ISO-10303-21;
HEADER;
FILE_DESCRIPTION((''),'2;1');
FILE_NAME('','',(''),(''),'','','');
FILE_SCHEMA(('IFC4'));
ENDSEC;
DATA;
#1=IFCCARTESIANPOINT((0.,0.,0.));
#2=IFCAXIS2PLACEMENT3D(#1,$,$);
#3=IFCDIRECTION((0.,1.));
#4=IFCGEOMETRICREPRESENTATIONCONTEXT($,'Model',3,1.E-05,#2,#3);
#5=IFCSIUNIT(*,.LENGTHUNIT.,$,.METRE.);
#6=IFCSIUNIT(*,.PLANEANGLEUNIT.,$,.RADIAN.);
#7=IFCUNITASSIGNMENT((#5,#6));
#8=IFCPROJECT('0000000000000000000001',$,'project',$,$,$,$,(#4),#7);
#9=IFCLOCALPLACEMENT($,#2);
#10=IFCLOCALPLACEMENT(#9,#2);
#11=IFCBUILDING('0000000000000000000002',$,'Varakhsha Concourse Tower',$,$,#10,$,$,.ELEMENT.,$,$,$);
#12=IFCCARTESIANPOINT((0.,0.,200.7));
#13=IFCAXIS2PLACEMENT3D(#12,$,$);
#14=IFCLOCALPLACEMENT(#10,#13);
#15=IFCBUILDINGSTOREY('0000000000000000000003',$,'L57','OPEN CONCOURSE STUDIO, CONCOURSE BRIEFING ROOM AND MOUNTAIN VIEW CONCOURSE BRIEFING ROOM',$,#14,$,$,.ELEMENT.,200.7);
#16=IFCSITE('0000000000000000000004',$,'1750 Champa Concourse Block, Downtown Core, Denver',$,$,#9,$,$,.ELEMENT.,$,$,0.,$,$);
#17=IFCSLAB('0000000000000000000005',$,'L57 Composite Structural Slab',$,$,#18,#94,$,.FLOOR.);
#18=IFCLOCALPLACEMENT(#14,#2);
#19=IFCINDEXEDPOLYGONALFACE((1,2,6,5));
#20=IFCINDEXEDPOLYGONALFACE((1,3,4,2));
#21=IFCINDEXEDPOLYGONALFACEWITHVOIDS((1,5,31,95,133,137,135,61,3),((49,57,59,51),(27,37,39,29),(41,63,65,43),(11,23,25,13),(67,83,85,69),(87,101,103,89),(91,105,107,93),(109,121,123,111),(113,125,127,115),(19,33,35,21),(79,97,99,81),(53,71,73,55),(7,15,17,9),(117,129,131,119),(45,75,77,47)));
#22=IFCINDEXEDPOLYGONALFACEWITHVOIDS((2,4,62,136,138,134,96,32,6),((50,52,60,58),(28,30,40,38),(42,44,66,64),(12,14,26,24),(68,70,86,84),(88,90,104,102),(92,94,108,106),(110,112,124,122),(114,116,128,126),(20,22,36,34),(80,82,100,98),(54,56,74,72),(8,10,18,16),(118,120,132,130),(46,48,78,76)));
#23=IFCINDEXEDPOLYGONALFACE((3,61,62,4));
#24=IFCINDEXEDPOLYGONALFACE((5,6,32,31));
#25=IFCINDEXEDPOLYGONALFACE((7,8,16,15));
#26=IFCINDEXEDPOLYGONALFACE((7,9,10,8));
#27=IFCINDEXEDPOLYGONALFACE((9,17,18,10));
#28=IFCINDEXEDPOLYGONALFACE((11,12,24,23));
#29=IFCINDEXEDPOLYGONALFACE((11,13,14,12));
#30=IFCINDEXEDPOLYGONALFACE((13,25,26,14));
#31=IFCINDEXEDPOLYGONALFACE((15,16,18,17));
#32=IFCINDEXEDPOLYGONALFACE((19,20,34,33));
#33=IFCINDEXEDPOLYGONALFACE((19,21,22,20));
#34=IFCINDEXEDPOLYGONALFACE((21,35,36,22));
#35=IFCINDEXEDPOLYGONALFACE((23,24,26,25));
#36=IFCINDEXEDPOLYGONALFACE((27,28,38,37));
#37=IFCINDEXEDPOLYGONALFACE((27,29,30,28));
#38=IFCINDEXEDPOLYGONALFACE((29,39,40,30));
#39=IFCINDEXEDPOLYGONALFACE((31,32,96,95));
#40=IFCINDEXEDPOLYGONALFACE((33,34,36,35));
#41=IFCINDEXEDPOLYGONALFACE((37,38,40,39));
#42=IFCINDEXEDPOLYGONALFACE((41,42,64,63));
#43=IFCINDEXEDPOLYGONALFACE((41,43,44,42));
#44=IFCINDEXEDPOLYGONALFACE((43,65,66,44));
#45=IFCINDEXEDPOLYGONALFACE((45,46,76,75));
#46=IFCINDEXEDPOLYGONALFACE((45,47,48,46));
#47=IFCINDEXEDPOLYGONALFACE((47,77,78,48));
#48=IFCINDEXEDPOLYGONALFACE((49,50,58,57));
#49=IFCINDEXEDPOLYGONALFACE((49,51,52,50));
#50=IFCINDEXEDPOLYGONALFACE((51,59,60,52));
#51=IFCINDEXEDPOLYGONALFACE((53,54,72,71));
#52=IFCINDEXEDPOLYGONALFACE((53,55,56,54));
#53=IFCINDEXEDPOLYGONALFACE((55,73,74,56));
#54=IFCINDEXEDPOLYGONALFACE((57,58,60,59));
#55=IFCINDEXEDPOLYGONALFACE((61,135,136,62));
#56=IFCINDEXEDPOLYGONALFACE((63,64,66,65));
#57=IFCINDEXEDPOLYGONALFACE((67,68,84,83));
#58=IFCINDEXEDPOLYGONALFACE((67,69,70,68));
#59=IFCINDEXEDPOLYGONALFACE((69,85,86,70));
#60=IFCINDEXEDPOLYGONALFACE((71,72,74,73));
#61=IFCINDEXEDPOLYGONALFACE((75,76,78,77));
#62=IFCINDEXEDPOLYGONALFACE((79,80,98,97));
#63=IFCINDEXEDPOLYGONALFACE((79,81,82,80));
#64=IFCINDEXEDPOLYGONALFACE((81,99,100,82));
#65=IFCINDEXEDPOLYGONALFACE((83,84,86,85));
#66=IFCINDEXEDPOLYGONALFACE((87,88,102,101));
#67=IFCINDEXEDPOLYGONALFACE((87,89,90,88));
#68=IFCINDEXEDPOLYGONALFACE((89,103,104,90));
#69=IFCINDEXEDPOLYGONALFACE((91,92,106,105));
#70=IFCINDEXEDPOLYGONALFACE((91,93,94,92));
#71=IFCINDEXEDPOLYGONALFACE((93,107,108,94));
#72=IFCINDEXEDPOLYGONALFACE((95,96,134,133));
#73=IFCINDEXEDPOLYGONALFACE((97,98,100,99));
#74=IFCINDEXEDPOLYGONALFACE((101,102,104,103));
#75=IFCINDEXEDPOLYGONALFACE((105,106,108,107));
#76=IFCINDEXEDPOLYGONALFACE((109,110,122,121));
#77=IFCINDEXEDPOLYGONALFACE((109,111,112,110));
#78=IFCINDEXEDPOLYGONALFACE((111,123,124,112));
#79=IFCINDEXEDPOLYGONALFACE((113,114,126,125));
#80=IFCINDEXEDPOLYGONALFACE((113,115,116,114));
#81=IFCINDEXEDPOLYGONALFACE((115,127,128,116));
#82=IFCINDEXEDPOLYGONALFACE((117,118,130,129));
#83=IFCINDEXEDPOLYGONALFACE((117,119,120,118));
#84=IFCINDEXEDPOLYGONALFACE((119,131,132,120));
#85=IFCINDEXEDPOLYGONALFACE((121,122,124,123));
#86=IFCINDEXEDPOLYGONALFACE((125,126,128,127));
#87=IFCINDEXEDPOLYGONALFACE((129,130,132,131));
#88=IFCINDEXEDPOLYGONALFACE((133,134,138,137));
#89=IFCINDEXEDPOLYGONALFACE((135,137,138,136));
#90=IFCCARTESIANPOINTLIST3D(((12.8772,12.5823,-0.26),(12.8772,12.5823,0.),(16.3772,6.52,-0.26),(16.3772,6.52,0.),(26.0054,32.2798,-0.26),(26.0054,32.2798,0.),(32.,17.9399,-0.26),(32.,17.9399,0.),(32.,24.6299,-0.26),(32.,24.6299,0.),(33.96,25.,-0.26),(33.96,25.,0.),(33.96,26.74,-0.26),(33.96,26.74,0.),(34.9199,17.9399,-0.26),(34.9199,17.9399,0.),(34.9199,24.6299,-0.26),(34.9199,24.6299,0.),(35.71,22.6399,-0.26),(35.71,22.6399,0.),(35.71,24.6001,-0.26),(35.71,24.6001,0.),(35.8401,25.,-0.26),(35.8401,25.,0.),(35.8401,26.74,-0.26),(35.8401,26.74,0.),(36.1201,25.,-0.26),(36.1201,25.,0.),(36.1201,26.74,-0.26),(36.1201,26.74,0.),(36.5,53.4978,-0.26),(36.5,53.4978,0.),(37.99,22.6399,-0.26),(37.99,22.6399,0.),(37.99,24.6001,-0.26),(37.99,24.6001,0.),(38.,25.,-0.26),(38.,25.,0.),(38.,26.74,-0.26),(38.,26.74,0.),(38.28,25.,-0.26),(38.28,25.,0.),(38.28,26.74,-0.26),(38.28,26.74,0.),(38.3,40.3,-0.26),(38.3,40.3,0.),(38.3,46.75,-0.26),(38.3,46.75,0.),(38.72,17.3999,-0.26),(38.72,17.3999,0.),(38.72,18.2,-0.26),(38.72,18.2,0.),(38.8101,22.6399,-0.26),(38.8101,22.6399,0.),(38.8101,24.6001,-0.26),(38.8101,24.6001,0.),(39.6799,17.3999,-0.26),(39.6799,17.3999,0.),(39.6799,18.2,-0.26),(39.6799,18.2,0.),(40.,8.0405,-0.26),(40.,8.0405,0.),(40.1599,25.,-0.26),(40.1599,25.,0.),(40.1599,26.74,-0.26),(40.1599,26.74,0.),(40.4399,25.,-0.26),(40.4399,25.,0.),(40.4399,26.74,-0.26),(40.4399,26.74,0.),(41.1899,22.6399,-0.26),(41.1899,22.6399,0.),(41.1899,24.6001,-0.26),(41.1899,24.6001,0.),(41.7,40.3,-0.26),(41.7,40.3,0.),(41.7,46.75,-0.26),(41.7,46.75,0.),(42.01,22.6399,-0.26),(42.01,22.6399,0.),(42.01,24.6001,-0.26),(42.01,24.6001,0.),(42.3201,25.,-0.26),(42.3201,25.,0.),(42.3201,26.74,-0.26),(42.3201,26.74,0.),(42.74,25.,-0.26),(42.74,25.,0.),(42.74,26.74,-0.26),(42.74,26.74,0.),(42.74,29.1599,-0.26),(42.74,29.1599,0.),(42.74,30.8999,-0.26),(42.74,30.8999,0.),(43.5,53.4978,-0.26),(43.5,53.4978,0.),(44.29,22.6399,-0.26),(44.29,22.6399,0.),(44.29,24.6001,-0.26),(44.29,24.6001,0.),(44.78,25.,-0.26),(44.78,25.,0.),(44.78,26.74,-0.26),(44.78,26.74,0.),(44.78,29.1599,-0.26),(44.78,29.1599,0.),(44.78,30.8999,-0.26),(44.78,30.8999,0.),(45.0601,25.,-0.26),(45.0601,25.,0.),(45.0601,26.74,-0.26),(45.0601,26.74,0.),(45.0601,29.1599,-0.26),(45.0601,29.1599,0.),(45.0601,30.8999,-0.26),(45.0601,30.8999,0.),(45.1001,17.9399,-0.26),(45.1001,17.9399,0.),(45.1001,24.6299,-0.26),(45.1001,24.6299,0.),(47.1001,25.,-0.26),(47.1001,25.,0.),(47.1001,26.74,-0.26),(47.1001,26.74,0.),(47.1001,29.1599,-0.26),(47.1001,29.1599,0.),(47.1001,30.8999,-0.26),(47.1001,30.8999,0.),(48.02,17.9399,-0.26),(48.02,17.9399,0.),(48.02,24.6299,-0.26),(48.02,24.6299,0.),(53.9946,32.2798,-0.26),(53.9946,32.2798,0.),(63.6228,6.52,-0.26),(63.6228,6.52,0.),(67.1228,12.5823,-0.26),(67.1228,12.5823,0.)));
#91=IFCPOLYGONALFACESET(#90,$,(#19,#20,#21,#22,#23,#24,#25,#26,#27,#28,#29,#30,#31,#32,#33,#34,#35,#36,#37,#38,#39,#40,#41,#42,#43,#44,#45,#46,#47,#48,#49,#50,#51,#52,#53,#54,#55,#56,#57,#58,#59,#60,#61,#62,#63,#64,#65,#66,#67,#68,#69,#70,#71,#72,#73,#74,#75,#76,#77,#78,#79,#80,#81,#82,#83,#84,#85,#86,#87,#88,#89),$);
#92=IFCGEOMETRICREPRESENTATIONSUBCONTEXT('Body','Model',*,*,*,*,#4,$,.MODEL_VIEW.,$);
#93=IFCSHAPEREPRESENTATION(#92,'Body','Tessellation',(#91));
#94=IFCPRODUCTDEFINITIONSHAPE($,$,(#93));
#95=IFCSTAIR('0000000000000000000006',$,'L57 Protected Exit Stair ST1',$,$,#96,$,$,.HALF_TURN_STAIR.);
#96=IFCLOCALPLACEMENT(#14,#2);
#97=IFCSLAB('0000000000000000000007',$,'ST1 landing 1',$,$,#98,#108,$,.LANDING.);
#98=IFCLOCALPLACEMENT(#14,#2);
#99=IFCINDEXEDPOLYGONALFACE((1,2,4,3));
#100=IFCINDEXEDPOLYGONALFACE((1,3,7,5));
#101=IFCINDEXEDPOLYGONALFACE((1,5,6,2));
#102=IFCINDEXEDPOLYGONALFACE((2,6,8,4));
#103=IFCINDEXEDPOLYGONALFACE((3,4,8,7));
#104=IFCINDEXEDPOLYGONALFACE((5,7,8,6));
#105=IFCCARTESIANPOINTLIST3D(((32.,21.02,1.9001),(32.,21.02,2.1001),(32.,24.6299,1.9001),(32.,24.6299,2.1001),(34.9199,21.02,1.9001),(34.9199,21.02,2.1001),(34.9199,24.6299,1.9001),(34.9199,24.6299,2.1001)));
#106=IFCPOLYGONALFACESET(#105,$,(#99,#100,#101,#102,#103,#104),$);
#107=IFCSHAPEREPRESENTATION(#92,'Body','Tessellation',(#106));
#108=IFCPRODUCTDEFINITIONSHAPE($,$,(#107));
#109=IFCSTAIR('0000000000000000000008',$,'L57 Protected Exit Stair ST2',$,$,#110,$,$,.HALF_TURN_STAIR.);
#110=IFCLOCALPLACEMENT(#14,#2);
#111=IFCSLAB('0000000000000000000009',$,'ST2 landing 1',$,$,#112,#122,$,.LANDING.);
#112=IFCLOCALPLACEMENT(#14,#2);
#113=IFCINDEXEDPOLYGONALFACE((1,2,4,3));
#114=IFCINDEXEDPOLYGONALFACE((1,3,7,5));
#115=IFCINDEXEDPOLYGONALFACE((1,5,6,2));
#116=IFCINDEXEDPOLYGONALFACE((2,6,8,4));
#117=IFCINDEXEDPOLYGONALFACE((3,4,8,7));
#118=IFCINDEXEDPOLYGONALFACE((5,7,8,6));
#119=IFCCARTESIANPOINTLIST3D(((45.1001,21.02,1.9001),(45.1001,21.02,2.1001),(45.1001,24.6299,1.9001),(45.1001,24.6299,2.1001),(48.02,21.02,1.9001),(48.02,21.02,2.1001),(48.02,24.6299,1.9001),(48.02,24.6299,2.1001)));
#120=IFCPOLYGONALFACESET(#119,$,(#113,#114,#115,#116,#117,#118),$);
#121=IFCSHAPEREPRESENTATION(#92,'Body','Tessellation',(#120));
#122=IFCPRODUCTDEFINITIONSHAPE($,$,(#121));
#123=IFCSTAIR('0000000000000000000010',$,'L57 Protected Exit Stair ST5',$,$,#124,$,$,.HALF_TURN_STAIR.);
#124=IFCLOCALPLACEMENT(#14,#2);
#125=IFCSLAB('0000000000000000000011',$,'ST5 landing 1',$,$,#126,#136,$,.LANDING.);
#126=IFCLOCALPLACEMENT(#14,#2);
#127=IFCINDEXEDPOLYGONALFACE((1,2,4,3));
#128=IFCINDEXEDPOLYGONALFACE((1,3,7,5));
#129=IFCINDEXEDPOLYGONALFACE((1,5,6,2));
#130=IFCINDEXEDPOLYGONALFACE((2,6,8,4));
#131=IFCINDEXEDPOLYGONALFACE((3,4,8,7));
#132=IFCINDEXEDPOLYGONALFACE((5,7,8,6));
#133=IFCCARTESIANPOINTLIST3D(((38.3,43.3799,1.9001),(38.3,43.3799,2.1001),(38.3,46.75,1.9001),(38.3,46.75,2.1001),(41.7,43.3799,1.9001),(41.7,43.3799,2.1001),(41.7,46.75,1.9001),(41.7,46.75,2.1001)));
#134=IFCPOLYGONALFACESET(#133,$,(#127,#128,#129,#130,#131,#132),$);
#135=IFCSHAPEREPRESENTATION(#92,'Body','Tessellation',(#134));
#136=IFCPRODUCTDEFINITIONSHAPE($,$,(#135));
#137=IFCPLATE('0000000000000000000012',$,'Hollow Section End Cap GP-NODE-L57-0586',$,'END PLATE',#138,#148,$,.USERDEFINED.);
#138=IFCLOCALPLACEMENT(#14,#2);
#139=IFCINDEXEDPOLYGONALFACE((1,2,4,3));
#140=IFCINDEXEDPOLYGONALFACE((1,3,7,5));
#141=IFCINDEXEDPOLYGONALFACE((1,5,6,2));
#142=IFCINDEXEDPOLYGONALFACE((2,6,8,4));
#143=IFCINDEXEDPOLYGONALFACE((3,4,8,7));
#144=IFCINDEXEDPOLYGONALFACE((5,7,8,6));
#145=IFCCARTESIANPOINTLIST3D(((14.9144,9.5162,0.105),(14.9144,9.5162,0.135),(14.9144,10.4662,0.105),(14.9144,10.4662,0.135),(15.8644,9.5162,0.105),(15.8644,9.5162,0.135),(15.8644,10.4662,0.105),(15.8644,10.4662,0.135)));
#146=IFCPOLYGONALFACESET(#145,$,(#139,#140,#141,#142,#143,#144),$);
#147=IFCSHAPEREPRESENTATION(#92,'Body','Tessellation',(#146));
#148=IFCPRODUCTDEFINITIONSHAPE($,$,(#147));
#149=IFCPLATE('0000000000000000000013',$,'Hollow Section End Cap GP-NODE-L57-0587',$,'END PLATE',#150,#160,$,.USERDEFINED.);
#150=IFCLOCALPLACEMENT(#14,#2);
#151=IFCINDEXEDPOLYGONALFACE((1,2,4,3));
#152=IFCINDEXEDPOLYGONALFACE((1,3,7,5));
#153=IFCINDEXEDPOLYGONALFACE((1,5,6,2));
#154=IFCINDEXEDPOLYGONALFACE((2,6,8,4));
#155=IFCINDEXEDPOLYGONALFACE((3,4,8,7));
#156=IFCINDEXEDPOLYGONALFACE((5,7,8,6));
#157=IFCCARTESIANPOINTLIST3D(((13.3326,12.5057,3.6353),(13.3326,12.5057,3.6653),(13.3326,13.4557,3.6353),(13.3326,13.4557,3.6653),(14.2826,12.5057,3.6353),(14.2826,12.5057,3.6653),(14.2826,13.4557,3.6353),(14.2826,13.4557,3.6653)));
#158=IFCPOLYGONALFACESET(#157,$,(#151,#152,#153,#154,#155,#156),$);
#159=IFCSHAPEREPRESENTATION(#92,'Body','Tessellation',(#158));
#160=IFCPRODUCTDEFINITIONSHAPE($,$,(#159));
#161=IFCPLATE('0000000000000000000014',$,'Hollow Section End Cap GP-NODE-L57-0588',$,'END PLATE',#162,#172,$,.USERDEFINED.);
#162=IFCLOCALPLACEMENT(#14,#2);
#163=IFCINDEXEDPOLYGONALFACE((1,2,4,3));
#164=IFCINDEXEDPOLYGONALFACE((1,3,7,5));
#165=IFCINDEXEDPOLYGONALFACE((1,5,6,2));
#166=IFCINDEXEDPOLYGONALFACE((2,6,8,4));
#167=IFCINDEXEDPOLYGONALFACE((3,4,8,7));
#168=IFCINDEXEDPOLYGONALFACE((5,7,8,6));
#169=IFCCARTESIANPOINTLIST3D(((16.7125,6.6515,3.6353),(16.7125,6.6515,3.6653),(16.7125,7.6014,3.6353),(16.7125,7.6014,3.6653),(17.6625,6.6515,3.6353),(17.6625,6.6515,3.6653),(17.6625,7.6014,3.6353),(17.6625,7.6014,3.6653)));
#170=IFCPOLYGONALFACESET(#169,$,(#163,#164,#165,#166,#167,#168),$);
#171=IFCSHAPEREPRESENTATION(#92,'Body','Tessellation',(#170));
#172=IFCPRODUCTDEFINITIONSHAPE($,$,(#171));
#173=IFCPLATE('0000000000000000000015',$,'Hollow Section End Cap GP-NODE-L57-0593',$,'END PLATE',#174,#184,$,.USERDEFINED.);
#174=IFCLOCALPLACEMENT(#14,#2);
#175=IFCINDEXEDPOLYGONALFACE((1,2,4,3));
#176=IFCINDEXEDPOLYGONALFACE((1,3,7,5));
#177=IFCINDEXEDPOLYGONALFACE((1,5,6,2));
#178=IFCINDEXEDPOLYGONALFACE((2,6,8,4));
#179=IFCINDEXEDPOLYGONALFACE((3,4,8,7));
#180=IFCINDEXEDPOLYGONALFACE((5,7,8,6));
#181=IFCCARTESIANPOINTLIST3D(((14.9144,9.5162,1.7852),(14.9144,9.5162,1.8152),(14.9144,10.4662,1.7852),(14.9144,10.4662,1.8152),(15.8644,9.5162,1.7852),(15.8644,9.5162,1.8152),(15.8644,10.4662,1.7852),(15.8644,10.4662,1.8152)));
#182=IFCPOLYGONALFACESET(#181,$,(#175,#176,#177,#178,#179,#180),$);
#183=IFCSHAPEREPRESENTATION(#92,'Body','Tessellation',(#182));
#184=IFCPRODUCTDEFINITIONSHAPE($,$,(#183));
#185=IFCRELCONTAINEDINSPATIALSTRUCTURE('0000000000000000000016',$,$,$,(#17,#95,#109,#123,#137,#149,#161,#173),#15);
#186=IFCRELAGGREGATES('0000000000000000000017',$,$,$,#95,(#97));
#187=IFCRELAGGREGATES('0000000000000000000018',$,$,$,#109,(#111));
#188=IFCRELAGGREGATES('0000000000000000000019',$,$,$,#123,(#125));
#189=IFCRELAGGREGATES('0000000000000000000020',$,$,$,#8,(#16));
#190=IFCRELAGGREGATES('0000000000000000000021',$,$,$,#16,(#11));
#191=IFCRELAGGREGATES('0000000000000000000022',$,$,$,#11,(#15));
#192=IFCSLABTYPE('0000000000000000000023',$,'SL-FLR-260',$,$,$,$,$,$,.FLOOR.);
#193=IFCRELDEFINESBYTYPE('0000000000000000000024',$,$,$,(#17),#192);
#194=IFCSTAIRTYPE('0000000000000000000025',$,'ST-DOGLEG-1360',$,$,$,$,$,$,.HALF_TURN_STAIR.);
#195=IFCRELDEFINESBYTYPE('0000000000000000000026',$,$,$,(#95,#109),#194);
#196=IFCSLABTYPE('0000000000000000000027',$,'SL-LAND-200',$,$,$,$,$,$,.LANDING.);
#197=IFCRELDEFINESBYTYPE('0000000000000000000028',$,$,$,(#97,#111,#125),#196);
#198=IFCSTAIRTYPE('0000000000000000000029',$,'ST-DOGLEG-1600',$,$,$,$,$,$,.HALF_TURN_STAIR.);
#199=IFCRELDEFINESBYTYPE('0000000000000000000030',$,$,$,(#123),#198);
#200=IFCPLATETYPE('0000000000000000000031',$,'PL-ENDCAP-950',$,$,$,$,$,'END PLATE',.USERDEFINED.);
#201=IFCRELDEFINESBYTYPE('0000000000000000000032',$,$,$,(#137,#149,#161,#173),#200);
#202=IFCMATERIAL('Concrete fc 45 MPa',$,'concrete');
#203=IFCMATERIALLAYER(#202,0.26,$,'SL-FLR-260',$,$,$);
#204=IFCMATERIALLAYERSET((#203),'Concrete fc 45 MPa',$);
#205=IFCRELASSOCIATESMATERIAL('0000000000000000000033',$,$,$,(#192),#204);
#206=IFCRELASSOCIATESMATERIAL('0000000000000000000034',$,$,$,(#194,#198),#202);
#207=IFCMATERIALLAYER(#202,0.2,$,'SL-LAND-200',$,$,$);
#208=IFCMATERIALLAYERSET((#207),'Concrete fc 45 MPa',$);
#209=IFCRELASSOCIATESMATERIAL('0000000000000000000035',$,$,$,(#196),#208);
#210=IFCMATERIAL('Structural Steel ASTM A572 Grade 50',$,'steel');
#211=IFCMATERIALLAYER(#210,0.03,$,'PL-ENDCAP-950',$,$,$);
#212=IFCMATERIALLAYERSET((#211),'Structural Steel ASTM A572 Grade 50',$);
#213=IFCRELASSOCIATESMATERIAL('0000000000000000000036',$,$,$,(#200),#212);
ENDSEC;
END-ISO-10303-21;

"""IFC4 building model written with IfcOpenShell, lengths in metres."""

from ifc_helpers import new_model, si_unit, direction, frame, origin, origin_2d, place, context, subcontext, project, spatial, polyline, rectangle, outline, extrude, source, transform, mapped, material, layer, layer_set, type_object, type_shapes, element, aggregate, save


model = new_model("IFC4")

# Units and contexts
model_context = context("Model", 3, precision=1e-05, world=origin(), true_north=direction((0.0, 1.0)))
body_context = subcontext(model_context, "Body", "Model", "MODEL_VIEW")
ifc_project = project(units=[si_unit("LENGTHUNIT", "METRE"), si_unit("PLANEANGLEUNIT", "RADIAN")], contexts=[model_context])

# Site, building, storey
site_placement = place(None, origin())
site = spatial("IfcSite", under=ifc_project, at=site_placement, Name="1750 Champa Concourse Block, Downtown Core, Denver", CompositionType="ELEMENT", RefElevation=0.0)
building_placement = place(site_placement, origin())
building = spatial("IfcBuilding", under=site, at=building_placement, Name="Varakhsha Concourse Tower", CompositionType="ELEMENT")
storey_placement = place(building_placement, frame((0.0, 0.0, 200.7)))
storey = spatial("IfcBuildingStorey", under=building, at=storey_placement, Name="L57", Description="OPEN CONCOURSE STUDIO, CONCOURSE BRIEFING ROOM AND MOUNTAIN VIEW CONCOURSE BRIEFING ROOM", CompositionType="ELEMENT", Elevation=200.7)

# Shared definitions
ifc_material_1 = material(Name="Structural Steel ASTM A572 Grade 50", Category="steel")

# Slab
ifc_material_2 = material(Name="Concrete fc 45 MPa", Category="concrete")
ifc_layer_1 = layer(ifc_material_2, 0.26, Name="SL-FLR-260")
ifc_layer_set_1 = layer_set([ifc_layer_1], Name="Concrete fc 45 MPa")
slab_type_1 = type_object("IfcSlabType", Name="SL-FLR-260", PredefinedType="FLOOR", material=ifc_layer_set_1)
slab_1_placement = place(storey_placement, frame((0.0, 0.0, -0.26)))
element("IfcSlab", 1, at=slab_1_placement, inside=storey, type_object=slab_type_1, Name="L57 Composite Structural Slab", PredefinedType="FLOOR", context=body_context, shape_type="SweptSolid", body=[
    extrude(outline(polyline([(43.5, 53.4978), (36.5, 53.4978), (26.0054, 32.2798), (12.8772, 12.5823), (16.3772, 6.52), (40.0, 8.0405), (63.6228, 6.52), (67.1228, 12.5823), (53.9946, 32.2798), (43.5, 53.4978)]), holes=[polyline([(34.9199, 17.9399), (34.9199, 24.6299), (32.0, 24.6299), (32.0, 17.9399), (34.9199, 17.9399)]), polyline([(48.02, 17.9399), (48.02, 24.6299), (45.1001, 24.6299), (45.1001, 17.9399), (48.02, 17.9399)]), polyline([(41.7, 40.3), (41.7, 46.75), (38.3, 46.75), (38.3, 40.3), (41.7, 40.3)]), polyline([(33.96, 25.0), (35.8401, 25.0), (35.8401, 26.74), (33.96, 26.74), (33.96, 25.0)]), polyline([(36.1201, 25.0), (38.0, 25.0), (38.0, 26.74), (36.1201, 26.74), (36.1201, 25.0)]), polyline([(38.28, 25.0), (40.1599, 25.0), (40.1599, 26.74), (38.28, 26.74), (38.28, 25.0)]), polyline([(40.4399, 25.0), (42.3201, 25.0), (42.3201, 26.74), (40.4399, 26.74), (40.4399, 25.0)]), polyline([(42.74, 29.1599), (44.78, 29.1599), (44.78, 30.8999), (42.74, 30.8999), (42.74, 29.1599)]), polyline([(45.0601, 29.1599), (47.1001, 29.1599), (47.1001, 30.8999), (45.0601, 30.8999), (45.0601, 29.1599)]), polyline([(42.74, 25.0), (44.78, 25.0), (44.78, 26.74), (42.74, 26.74), (42.74, 25.0)]), polyline([(45.0601, 25.0), (47.1001, 25.0), (47.1001, 26.74), (45.0601, 26.74), (45.0601, 25.0)]), polyline([(35.71, 22.6399), (37.99, 22.6399), (37.99, 24.6001), (35.71, 24.6001), (35.71, 22.6399)]), polyline([(42.01, 22.6399), (44.29, 22.6399), (44.29, 24.6001), (42.01, 24.6001), (42.01, 22.6399)]), polyline([(38.8101, 22.6399), (41.1899, 22.6399), (41.1899, 24.6001), (38.8101, 24.6001), (38.8101, 22.6399)]), polyline([(38.72, 17.3999), (39.6799, 17.3999), (39.6799, 18.2), (38.72, 18.2), (38.72, 17.3999)])]), origin(), (0.0, 0.0, 1.0), 0.26),
])

# Stairs, slabs
stair_type_1 = type_object("IfcStairType", Name="ST-DOGLEG-1360", PredefinedType="HALF_TURN_STAIR", material=ifc_material_2)
stair_1_placement = place(storey_placement, origin())
stair_1 = element("IfcStair", 2, at=stair_1_placement, inside=storey, type_object=stair_type_1, Name="L57 Protected Exit Stair ST1", PredefinedType="HALF_TURN_STAIR")
ifc_layer_2 = layer(ifc_material_2, 0.2, Name="SL-LAND-200")
ifc_layer_set_2 = layer_set([ifc_layer_2], Name="Concrete fc 45 MPa")
slab_type_2 = type_object("IfcSlabType", Name="SL-LAND-200", PredefinedType="LANDING", material=ifc_layer_set_2)
slab_2_placement = place(storey_placement, frame((0.0, 0.0, 1.9001)))
slab_2 = element("IfcSlab", 3, at=slab_2_placement, type_object=slab_type_2, Name="ST1 landing 1", PredefinedType="LANDING", context=body_context, shape_type="SweptSolid", body=[
    extrude(outline(polyline([(34.9199, 21.02), (34.9199, 24.6299), (32.0, 24.6299), (32.0, 21.02), (34.9199, 21.02)])), origin(), (0.0, 0.0, 1.0), 0.2),
])
aggregate(stair_1, [slab_2])
stair_2_placement = place(storey_placement, origin())
stair_2 = element("IfcStair", 4, at=stair_2_placement, inside=storey, type_object=stair_type_1, Name="L57 Protected Exit Stair ST2", PredefinedType="HALF_TURN_STAIR")
slab_3_placement = place(storey_placement, frame((0.0, 0.0, 1.9001)))
slab_3 = element("IfcSlab", 5, at=slab_3_placement, type_object=slab_type_2, Name="ST2 landing 1", PredefinedType="LANDING", context=body_context, shape_type="SweptSolid", body=[
    extrude(outline(polyline([(48.02, 21.02), (48.02, 24.6299), (45.1001, 24.6299), (45.1001, 21.02), (48.02, 21.02)])), origin(), (0.0, 0.0, 1.0), 0.2),
])
aggregate(stair_2, [slab_3])
stair_type_2 = type_object("IfcStairType", Name="ST-DOGLEG-1600", PredefinedType="HALF_TURN_STAIR", material=ifc_material_2)
stair_3_placement = place(storey_placement, origin())
stair_3 = element("IfcStair", 6, at=stair_3_placement, inside=storey, type_object=stair_type_2, Name="L57 Protected Exit Stair ST5", PredefinedType="HALF_TURN_STAIR")
slab_4_placement = place(storey_placement, frame((0.0, 0.0, 1.9001)))
slab_4 = element("IfcSlab", 7, at=slab_4_placement, type_object=slab_type_2, Name="ST5 landing 1", PredefinedType="LANDING", context=body_context, shape_type="SweptSolid", body=[
    extrude(outline(polyline([(41.7, 43.3799), (41.7, 46.75), (38.3, 46.75), (38.3, 43.3799), (41.7, 43.3799)])), origin(), (0.0, 0.0, 1.0), 0.2),
])
aggregate(stair_3, [slab_4])

# Plates
ifc_layer_3 = layer(ifc_material_1, 0.03, Name="PL-ENDCAP-950")
ifc_layer_set_3 = layer_set([ifc_layer_3], Name="Structural Steel ASTM A572 Grade 50")
plate_type_1 = type_object("IfcPlateType", Name="PL-ENDCAP-950", ElementType="END PLATE", PredefinedType="USERDEFINED", material=ifc_layer_set_3)
shared_shape_1 = source(origin(), body_context, "Body", "SweptSolid", [
    extrude(rectangle(XDim=0.95, YDim=0.95, at=origin_2d()), origin(), (0.0, 0.0, 1.0), 0.03),
])
type_shapes(plate_type_1, [shared_shape_1])
for number, where, z_axis, x_axis, name in (
    (8, (15.3894, 9.9912, 0.105), (0.0, 0.0, 1.0), (1.0, 0.0, 0.0), "Hollow Section End Cap GP-NODE-L57-0586"),
    (9, (13.8076, 12.9807, 3.6353), (0.0, 0.0, 1.0), (1.0, 0.0, 0.0), "Hollow Section End Cap GP-NODE-L57-0587"),
    (10, (17.1875, 7.1265, 3.6353), (0.0, 0.0, 1.0), (1.0, 0.0, 0.0), "Hollow Section End Cap GP-NODE-L57-0588"),
    (11, (15.3894, 9.9912, 1.7852), (0.0, 0.0, 1.0), (1.0, 0.0, 0.0), "Hollow Section End Cap GP-NODE-L57-0593"),
):
    element("IfcPlate", number, at=place(storey_placement, frame(where, z_axis=z_axis, x_axis=x_axis)), inside=storey, type_object=plate_type_1, Name=name, ObjectType="END PLATE", PredefinedType="USERDEFINED", context=body_context, shape_type="MappedRepresentation", body=[
        mapped(shared_shape_1, transform((0.0, 0.0, 0.0), scale=1.0)),
    ])

save(model, "model.ifc")
